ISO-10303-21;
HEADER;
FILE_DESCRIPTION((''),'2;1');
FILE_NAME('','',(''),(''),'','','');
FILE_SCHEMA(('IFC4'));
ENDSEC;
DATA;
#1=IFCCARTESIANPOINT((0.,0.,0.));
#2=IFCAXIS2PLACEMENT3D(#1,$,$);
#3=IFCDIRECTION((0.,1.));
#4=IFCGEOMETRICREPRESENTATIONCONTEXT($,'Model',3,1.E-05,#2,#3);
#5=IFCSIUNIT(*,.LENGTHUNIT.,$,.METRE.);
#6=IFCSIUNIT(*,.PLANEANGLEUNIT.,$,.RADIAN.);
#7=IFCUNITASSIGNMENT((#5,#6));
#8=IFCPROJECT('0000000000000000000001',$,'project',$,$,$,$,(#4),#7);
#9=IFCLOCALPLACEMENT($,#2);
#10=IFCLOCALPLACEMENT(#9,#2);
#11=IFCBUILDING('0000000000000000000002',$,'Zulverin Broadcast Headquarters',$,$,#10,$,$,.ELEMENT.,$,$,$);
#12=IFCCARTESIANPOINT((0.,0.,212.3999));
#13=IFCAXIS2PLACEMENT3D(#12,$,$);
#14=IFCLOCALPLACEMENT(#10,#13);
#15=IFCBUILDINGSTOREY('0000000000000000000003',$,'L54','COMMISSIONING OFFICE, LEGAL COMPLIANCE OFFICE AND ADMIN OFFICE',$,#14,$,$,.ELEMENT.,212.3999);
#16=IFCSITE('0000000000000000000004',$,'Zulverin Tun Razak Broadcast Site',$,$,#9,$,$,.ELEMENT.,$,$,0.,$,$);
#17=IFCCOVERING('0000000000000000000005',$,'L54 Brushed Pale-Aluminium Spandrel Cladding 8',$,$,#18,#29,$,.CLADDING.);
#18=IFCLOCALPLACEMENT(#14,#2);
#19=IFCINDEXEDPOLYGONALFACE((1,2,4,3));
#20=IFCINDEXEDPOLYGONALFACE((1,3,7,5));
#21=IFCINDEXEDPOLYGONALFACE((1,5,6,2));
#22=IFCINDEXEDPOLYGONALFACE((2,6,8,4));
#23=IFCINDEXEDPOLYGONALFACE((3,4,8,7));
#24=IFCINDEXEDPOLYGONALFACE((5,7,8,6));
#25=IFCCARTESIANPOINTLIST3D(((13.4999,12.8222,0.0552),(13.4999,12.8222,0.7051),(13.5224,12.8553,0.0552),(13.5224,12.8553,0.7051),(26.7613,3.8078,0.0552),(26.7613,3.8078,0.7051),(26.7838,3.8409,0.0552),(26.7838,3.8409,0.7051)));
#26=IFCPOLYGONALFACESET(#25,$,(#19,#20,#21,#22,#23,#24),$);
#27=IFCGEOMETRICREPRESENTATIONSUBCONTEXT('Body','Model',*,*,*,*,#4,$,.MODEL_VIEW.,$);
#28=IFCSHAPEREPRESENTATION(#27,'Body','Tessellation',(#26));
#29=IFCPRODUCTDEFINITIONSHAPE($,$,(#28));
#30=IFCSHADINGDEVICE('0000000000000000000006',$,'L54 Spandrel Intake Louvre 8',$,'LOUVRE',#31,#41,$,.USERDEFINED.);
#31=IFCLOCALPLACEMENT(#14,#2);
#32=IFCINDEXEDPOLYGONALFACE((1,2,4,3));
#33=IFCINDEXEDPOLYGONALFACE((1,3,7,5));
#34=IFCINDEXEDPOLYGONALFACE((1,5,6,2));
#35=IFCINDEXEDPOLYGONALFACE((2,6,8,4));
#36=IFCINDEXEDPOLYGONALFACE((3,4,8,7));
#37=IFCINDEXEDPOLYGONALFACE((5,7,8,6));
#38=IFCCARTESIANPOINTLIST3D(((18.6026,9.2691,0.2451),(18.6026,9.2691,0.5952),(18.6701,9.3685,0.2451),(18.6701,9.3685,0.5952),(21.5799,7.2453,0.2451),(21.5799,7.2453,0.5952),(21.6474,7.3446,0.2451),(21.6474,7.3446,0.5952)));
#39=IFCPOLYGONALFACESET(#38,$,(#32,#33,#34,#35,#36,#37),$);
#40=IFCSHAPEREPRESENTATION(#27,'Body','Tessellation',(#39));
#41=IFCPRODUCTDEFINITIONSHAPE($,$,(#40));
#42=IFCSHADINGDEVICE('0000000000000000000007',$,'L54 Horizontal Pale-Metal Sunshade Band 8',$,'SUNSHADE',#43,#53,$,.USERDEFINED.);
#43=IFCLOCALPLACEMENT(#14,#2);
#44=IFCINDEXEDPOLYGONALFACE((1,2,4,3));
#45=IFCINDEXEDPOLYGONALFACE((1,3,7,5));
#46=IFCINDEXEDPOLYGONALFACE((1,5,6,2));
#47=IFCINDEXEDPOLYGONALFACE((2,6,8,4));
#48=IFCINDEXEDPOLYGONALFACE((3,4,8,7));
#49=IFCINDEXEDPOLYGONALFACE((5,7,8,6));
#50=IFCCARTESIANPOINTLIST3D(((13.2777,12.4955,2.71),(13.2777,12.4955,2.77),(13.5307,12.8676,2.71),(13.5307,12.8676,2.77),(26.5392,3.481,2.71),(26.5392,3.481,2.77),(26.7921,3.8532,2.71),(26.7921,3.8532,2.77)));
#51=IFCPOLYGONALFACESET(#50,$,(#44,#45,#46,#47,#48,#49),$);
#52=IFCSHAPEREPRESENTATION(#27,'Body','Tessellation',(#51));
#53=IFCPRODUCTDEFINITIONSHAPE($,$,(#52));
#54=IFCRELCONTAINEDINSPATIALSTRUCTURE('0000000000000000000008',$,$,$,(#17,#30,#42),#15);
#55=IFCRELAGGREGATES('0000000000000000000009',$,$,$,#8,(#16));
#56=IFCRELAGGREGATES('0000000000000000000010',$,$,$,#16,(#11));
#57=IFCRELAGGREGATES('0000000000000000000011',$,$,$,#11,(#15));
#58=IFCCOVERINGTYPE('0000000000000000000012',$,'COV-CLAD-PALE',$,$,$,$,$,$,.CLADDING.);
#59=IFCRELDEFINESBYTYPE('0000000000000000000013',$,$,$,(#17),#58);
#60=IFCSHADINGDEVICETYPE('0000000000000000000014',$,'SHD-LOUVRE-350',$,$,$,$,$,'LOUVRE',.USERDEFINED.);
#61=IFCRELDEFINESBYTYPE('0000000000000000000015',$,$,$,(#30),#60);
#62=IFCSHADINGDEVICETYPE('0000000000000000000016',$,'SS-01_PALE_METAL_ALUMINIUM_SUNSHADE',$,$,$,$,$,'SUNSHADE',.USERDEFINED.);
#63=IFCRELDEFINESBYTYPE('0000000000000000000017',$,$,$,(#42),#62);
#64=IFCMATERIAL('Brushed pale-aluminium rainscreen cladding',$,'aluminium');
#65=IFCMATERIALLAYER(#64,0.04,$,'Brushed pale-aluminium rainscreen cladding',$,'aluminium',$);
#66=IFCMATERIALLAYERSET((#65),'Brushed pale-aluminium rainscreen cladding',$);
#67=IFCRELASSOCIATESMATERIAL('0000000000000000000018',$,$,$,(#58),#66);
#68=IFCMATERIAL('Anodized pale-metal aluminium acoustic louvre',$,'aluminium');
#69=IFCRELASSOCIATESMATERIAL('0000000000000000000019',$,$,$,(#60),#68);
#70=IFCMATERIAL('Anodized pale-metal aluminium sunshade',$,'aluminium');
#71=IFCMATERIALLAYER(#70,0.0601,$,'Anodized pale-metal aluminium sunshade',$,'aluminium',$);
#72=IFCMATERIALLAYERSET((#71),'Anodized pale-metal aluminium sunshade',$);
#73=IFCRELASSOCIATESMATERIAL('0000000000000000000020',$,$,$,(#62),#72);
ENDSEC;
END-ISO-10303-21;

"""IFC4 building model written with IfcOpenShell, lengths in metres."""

from ifc_helpers import new_model, si_unit, direction, frame, origin, origin_2d, place, context, subcontext, project, spatial, rectangle, extrude, material, layer, layer_set, type_object, element, save


model = new_model("IFC4")

# Units and contexts
model_context = context("Model", 3, precision=1e-05, world=origin(), true_north=direction((0.0, 1.0)))
body_context = subcontext(model_context, "Body", "Model", "MODEL_VIEW")
ifc_project = project(units=[si_unit("LENGTHUNIT", "METRE"), si_unit("PLANEANGLEUNIT", "RADIAN")], contexts=[model_context])

# Site, building, storey
site_placement = place(None, origin())
site = spatial("IfcSite", under=ifc_project, at=site_placement, Name="Zulverin Tun Razak Broadcast Site", CompositionType="ELEMENT", RefElevation=0.0)
building_placement = place(site_placement, origin())
building = spatial("IfcBuilding", under=site, at=building_placement, Name="Zulverin Broadcast Headquarters", CompositionType="ELEMENT")
storey_placement = place(building_placement, frame((0.0, 0.0, 212.3999)))
storey = spatial("IfcBuildingStorey", under=building, at=storey_placement, Name="L54", Description="COMMISSIONING OFFICE, LEGAL COMPLIANCE OFFICE AND ADMIN OFFICE", CompositionType="ELEMENT", Elevation=212.3999)

# Covering
ifc_material_1 = material(Name="Brushed pale-aluminium rainscreen cladding", Category="aluminium")
ifc_layer_1 = layer(ifc_material_1, 0.04, Name="Brushed pale-aluminium rainscreen cladding", Category="aluminium")
ifc_layer_set_1 = layer_set([ifc_layer_1], Name="Brushed pale-aluminium rainscreen cladding")
covering_type = type_object("IfcCoveringType", Name="COV-CLAD-PALE", PredefinedType="CLADDING", material=ifc_layer_set_1)
covering_placement = place(storey_placement, frame((20.1418, 8.3315, 0.0552), z_axis=(0.0, 0.0, 1.0), x_axis=(0.827025, -0.562166, 0.0)))
element("IfcCovering", 1, at=covering_placement, inside=storey, type_object=covering_type, Name="L54 Brushed Pale-Aluminium Spandrel Cladding 8", PredefinedType="CLADDING", context=body_context, shape_type="SweptSolid", body=[
    extrude(rectangle(XDim=16.0352, YDim=0.04, at=origin_2d()), origin(), (0.0, 0.0, 1.0), 0.6499),
])

# Shading devices
ifc_material_2 = material(Name="Anodized pale-metal aluminium acoustic louvre", Category="aluminium")
shading_device_type_1 = type_object("IfcShadingDeviceType", Name="SHD-LOUVRE-350", ElementType="LOUVRE", PredefinedType="USERDEFINED", material=ifc_material_2)
shading_device_1_placement = place(storey_placement, frame((20.125, 8.3069, 0.2451), z_axis=(0.0, 0.0, 1.0), x_axis=(0.827025, -0.562166, 0.0)))
element("IfcShadingDevice", 2, at=shading_device_1_placement, inside=storey, type_object=shading_device_type_1, Name="L54 Spandrel Intake Louvre 8", ObjectType="LOUVRE", PredefinedType="USERDEFINED", context=body_context, shape_type="SweptSolid", body=[
    extrude(rectangle(XDim=3.6001, YDim=0.1201, at=origin_2d()), origin(), (0.0, 0.0, 1.0), 0.3501),
])
ifc_material_3 = material(Name="Anodized pale-metal aluminium sunshade", Category="aluminium")
ifc_layer_2 = layer(ifc_material_3, 0.0601, Name="Anodized pale-metal aluminium sunshade", Category="aluminium")
ifc_layer_set_2 = layer_set([ifc_layer_2], Name="Anodized pale-metal aluminium sunshade")
shading_device_type_2 = type_object("IfcShadingDeviceType", Name="SS-01_PALE_METAL_ALUMINIUM_SUNSHADE", ElementType="SUNSHADE", PredefinedType="USERDEFINED", material=ifc_layer_set_2)
shading_device_2_placement = place(storey_placement, frame((20.0349, 8.1743, 2.71), z_axis=(0.0, 0.0, 1.0), x_axis=(0.827025, -0.562166, 0.0)))
element("IfcShadingDevice", 3, at=shading_device_2_placement, inside=storey, type_object=shading_device_type_2, Name="L54 Horizontal Pale-Metal Sunshade Band 8", ObjectType="SUNSHADE", PredefinedType="USERDEFINED", context=body_context, shape_type="SweptSolid", body=[
    extrude(rectangle(XDim=16.0352, YDim=0.45, at=origin_2d()), origin(), (0.0, 0.0, 1.0), 0.0601),
])

save(model, "model.ifc")
